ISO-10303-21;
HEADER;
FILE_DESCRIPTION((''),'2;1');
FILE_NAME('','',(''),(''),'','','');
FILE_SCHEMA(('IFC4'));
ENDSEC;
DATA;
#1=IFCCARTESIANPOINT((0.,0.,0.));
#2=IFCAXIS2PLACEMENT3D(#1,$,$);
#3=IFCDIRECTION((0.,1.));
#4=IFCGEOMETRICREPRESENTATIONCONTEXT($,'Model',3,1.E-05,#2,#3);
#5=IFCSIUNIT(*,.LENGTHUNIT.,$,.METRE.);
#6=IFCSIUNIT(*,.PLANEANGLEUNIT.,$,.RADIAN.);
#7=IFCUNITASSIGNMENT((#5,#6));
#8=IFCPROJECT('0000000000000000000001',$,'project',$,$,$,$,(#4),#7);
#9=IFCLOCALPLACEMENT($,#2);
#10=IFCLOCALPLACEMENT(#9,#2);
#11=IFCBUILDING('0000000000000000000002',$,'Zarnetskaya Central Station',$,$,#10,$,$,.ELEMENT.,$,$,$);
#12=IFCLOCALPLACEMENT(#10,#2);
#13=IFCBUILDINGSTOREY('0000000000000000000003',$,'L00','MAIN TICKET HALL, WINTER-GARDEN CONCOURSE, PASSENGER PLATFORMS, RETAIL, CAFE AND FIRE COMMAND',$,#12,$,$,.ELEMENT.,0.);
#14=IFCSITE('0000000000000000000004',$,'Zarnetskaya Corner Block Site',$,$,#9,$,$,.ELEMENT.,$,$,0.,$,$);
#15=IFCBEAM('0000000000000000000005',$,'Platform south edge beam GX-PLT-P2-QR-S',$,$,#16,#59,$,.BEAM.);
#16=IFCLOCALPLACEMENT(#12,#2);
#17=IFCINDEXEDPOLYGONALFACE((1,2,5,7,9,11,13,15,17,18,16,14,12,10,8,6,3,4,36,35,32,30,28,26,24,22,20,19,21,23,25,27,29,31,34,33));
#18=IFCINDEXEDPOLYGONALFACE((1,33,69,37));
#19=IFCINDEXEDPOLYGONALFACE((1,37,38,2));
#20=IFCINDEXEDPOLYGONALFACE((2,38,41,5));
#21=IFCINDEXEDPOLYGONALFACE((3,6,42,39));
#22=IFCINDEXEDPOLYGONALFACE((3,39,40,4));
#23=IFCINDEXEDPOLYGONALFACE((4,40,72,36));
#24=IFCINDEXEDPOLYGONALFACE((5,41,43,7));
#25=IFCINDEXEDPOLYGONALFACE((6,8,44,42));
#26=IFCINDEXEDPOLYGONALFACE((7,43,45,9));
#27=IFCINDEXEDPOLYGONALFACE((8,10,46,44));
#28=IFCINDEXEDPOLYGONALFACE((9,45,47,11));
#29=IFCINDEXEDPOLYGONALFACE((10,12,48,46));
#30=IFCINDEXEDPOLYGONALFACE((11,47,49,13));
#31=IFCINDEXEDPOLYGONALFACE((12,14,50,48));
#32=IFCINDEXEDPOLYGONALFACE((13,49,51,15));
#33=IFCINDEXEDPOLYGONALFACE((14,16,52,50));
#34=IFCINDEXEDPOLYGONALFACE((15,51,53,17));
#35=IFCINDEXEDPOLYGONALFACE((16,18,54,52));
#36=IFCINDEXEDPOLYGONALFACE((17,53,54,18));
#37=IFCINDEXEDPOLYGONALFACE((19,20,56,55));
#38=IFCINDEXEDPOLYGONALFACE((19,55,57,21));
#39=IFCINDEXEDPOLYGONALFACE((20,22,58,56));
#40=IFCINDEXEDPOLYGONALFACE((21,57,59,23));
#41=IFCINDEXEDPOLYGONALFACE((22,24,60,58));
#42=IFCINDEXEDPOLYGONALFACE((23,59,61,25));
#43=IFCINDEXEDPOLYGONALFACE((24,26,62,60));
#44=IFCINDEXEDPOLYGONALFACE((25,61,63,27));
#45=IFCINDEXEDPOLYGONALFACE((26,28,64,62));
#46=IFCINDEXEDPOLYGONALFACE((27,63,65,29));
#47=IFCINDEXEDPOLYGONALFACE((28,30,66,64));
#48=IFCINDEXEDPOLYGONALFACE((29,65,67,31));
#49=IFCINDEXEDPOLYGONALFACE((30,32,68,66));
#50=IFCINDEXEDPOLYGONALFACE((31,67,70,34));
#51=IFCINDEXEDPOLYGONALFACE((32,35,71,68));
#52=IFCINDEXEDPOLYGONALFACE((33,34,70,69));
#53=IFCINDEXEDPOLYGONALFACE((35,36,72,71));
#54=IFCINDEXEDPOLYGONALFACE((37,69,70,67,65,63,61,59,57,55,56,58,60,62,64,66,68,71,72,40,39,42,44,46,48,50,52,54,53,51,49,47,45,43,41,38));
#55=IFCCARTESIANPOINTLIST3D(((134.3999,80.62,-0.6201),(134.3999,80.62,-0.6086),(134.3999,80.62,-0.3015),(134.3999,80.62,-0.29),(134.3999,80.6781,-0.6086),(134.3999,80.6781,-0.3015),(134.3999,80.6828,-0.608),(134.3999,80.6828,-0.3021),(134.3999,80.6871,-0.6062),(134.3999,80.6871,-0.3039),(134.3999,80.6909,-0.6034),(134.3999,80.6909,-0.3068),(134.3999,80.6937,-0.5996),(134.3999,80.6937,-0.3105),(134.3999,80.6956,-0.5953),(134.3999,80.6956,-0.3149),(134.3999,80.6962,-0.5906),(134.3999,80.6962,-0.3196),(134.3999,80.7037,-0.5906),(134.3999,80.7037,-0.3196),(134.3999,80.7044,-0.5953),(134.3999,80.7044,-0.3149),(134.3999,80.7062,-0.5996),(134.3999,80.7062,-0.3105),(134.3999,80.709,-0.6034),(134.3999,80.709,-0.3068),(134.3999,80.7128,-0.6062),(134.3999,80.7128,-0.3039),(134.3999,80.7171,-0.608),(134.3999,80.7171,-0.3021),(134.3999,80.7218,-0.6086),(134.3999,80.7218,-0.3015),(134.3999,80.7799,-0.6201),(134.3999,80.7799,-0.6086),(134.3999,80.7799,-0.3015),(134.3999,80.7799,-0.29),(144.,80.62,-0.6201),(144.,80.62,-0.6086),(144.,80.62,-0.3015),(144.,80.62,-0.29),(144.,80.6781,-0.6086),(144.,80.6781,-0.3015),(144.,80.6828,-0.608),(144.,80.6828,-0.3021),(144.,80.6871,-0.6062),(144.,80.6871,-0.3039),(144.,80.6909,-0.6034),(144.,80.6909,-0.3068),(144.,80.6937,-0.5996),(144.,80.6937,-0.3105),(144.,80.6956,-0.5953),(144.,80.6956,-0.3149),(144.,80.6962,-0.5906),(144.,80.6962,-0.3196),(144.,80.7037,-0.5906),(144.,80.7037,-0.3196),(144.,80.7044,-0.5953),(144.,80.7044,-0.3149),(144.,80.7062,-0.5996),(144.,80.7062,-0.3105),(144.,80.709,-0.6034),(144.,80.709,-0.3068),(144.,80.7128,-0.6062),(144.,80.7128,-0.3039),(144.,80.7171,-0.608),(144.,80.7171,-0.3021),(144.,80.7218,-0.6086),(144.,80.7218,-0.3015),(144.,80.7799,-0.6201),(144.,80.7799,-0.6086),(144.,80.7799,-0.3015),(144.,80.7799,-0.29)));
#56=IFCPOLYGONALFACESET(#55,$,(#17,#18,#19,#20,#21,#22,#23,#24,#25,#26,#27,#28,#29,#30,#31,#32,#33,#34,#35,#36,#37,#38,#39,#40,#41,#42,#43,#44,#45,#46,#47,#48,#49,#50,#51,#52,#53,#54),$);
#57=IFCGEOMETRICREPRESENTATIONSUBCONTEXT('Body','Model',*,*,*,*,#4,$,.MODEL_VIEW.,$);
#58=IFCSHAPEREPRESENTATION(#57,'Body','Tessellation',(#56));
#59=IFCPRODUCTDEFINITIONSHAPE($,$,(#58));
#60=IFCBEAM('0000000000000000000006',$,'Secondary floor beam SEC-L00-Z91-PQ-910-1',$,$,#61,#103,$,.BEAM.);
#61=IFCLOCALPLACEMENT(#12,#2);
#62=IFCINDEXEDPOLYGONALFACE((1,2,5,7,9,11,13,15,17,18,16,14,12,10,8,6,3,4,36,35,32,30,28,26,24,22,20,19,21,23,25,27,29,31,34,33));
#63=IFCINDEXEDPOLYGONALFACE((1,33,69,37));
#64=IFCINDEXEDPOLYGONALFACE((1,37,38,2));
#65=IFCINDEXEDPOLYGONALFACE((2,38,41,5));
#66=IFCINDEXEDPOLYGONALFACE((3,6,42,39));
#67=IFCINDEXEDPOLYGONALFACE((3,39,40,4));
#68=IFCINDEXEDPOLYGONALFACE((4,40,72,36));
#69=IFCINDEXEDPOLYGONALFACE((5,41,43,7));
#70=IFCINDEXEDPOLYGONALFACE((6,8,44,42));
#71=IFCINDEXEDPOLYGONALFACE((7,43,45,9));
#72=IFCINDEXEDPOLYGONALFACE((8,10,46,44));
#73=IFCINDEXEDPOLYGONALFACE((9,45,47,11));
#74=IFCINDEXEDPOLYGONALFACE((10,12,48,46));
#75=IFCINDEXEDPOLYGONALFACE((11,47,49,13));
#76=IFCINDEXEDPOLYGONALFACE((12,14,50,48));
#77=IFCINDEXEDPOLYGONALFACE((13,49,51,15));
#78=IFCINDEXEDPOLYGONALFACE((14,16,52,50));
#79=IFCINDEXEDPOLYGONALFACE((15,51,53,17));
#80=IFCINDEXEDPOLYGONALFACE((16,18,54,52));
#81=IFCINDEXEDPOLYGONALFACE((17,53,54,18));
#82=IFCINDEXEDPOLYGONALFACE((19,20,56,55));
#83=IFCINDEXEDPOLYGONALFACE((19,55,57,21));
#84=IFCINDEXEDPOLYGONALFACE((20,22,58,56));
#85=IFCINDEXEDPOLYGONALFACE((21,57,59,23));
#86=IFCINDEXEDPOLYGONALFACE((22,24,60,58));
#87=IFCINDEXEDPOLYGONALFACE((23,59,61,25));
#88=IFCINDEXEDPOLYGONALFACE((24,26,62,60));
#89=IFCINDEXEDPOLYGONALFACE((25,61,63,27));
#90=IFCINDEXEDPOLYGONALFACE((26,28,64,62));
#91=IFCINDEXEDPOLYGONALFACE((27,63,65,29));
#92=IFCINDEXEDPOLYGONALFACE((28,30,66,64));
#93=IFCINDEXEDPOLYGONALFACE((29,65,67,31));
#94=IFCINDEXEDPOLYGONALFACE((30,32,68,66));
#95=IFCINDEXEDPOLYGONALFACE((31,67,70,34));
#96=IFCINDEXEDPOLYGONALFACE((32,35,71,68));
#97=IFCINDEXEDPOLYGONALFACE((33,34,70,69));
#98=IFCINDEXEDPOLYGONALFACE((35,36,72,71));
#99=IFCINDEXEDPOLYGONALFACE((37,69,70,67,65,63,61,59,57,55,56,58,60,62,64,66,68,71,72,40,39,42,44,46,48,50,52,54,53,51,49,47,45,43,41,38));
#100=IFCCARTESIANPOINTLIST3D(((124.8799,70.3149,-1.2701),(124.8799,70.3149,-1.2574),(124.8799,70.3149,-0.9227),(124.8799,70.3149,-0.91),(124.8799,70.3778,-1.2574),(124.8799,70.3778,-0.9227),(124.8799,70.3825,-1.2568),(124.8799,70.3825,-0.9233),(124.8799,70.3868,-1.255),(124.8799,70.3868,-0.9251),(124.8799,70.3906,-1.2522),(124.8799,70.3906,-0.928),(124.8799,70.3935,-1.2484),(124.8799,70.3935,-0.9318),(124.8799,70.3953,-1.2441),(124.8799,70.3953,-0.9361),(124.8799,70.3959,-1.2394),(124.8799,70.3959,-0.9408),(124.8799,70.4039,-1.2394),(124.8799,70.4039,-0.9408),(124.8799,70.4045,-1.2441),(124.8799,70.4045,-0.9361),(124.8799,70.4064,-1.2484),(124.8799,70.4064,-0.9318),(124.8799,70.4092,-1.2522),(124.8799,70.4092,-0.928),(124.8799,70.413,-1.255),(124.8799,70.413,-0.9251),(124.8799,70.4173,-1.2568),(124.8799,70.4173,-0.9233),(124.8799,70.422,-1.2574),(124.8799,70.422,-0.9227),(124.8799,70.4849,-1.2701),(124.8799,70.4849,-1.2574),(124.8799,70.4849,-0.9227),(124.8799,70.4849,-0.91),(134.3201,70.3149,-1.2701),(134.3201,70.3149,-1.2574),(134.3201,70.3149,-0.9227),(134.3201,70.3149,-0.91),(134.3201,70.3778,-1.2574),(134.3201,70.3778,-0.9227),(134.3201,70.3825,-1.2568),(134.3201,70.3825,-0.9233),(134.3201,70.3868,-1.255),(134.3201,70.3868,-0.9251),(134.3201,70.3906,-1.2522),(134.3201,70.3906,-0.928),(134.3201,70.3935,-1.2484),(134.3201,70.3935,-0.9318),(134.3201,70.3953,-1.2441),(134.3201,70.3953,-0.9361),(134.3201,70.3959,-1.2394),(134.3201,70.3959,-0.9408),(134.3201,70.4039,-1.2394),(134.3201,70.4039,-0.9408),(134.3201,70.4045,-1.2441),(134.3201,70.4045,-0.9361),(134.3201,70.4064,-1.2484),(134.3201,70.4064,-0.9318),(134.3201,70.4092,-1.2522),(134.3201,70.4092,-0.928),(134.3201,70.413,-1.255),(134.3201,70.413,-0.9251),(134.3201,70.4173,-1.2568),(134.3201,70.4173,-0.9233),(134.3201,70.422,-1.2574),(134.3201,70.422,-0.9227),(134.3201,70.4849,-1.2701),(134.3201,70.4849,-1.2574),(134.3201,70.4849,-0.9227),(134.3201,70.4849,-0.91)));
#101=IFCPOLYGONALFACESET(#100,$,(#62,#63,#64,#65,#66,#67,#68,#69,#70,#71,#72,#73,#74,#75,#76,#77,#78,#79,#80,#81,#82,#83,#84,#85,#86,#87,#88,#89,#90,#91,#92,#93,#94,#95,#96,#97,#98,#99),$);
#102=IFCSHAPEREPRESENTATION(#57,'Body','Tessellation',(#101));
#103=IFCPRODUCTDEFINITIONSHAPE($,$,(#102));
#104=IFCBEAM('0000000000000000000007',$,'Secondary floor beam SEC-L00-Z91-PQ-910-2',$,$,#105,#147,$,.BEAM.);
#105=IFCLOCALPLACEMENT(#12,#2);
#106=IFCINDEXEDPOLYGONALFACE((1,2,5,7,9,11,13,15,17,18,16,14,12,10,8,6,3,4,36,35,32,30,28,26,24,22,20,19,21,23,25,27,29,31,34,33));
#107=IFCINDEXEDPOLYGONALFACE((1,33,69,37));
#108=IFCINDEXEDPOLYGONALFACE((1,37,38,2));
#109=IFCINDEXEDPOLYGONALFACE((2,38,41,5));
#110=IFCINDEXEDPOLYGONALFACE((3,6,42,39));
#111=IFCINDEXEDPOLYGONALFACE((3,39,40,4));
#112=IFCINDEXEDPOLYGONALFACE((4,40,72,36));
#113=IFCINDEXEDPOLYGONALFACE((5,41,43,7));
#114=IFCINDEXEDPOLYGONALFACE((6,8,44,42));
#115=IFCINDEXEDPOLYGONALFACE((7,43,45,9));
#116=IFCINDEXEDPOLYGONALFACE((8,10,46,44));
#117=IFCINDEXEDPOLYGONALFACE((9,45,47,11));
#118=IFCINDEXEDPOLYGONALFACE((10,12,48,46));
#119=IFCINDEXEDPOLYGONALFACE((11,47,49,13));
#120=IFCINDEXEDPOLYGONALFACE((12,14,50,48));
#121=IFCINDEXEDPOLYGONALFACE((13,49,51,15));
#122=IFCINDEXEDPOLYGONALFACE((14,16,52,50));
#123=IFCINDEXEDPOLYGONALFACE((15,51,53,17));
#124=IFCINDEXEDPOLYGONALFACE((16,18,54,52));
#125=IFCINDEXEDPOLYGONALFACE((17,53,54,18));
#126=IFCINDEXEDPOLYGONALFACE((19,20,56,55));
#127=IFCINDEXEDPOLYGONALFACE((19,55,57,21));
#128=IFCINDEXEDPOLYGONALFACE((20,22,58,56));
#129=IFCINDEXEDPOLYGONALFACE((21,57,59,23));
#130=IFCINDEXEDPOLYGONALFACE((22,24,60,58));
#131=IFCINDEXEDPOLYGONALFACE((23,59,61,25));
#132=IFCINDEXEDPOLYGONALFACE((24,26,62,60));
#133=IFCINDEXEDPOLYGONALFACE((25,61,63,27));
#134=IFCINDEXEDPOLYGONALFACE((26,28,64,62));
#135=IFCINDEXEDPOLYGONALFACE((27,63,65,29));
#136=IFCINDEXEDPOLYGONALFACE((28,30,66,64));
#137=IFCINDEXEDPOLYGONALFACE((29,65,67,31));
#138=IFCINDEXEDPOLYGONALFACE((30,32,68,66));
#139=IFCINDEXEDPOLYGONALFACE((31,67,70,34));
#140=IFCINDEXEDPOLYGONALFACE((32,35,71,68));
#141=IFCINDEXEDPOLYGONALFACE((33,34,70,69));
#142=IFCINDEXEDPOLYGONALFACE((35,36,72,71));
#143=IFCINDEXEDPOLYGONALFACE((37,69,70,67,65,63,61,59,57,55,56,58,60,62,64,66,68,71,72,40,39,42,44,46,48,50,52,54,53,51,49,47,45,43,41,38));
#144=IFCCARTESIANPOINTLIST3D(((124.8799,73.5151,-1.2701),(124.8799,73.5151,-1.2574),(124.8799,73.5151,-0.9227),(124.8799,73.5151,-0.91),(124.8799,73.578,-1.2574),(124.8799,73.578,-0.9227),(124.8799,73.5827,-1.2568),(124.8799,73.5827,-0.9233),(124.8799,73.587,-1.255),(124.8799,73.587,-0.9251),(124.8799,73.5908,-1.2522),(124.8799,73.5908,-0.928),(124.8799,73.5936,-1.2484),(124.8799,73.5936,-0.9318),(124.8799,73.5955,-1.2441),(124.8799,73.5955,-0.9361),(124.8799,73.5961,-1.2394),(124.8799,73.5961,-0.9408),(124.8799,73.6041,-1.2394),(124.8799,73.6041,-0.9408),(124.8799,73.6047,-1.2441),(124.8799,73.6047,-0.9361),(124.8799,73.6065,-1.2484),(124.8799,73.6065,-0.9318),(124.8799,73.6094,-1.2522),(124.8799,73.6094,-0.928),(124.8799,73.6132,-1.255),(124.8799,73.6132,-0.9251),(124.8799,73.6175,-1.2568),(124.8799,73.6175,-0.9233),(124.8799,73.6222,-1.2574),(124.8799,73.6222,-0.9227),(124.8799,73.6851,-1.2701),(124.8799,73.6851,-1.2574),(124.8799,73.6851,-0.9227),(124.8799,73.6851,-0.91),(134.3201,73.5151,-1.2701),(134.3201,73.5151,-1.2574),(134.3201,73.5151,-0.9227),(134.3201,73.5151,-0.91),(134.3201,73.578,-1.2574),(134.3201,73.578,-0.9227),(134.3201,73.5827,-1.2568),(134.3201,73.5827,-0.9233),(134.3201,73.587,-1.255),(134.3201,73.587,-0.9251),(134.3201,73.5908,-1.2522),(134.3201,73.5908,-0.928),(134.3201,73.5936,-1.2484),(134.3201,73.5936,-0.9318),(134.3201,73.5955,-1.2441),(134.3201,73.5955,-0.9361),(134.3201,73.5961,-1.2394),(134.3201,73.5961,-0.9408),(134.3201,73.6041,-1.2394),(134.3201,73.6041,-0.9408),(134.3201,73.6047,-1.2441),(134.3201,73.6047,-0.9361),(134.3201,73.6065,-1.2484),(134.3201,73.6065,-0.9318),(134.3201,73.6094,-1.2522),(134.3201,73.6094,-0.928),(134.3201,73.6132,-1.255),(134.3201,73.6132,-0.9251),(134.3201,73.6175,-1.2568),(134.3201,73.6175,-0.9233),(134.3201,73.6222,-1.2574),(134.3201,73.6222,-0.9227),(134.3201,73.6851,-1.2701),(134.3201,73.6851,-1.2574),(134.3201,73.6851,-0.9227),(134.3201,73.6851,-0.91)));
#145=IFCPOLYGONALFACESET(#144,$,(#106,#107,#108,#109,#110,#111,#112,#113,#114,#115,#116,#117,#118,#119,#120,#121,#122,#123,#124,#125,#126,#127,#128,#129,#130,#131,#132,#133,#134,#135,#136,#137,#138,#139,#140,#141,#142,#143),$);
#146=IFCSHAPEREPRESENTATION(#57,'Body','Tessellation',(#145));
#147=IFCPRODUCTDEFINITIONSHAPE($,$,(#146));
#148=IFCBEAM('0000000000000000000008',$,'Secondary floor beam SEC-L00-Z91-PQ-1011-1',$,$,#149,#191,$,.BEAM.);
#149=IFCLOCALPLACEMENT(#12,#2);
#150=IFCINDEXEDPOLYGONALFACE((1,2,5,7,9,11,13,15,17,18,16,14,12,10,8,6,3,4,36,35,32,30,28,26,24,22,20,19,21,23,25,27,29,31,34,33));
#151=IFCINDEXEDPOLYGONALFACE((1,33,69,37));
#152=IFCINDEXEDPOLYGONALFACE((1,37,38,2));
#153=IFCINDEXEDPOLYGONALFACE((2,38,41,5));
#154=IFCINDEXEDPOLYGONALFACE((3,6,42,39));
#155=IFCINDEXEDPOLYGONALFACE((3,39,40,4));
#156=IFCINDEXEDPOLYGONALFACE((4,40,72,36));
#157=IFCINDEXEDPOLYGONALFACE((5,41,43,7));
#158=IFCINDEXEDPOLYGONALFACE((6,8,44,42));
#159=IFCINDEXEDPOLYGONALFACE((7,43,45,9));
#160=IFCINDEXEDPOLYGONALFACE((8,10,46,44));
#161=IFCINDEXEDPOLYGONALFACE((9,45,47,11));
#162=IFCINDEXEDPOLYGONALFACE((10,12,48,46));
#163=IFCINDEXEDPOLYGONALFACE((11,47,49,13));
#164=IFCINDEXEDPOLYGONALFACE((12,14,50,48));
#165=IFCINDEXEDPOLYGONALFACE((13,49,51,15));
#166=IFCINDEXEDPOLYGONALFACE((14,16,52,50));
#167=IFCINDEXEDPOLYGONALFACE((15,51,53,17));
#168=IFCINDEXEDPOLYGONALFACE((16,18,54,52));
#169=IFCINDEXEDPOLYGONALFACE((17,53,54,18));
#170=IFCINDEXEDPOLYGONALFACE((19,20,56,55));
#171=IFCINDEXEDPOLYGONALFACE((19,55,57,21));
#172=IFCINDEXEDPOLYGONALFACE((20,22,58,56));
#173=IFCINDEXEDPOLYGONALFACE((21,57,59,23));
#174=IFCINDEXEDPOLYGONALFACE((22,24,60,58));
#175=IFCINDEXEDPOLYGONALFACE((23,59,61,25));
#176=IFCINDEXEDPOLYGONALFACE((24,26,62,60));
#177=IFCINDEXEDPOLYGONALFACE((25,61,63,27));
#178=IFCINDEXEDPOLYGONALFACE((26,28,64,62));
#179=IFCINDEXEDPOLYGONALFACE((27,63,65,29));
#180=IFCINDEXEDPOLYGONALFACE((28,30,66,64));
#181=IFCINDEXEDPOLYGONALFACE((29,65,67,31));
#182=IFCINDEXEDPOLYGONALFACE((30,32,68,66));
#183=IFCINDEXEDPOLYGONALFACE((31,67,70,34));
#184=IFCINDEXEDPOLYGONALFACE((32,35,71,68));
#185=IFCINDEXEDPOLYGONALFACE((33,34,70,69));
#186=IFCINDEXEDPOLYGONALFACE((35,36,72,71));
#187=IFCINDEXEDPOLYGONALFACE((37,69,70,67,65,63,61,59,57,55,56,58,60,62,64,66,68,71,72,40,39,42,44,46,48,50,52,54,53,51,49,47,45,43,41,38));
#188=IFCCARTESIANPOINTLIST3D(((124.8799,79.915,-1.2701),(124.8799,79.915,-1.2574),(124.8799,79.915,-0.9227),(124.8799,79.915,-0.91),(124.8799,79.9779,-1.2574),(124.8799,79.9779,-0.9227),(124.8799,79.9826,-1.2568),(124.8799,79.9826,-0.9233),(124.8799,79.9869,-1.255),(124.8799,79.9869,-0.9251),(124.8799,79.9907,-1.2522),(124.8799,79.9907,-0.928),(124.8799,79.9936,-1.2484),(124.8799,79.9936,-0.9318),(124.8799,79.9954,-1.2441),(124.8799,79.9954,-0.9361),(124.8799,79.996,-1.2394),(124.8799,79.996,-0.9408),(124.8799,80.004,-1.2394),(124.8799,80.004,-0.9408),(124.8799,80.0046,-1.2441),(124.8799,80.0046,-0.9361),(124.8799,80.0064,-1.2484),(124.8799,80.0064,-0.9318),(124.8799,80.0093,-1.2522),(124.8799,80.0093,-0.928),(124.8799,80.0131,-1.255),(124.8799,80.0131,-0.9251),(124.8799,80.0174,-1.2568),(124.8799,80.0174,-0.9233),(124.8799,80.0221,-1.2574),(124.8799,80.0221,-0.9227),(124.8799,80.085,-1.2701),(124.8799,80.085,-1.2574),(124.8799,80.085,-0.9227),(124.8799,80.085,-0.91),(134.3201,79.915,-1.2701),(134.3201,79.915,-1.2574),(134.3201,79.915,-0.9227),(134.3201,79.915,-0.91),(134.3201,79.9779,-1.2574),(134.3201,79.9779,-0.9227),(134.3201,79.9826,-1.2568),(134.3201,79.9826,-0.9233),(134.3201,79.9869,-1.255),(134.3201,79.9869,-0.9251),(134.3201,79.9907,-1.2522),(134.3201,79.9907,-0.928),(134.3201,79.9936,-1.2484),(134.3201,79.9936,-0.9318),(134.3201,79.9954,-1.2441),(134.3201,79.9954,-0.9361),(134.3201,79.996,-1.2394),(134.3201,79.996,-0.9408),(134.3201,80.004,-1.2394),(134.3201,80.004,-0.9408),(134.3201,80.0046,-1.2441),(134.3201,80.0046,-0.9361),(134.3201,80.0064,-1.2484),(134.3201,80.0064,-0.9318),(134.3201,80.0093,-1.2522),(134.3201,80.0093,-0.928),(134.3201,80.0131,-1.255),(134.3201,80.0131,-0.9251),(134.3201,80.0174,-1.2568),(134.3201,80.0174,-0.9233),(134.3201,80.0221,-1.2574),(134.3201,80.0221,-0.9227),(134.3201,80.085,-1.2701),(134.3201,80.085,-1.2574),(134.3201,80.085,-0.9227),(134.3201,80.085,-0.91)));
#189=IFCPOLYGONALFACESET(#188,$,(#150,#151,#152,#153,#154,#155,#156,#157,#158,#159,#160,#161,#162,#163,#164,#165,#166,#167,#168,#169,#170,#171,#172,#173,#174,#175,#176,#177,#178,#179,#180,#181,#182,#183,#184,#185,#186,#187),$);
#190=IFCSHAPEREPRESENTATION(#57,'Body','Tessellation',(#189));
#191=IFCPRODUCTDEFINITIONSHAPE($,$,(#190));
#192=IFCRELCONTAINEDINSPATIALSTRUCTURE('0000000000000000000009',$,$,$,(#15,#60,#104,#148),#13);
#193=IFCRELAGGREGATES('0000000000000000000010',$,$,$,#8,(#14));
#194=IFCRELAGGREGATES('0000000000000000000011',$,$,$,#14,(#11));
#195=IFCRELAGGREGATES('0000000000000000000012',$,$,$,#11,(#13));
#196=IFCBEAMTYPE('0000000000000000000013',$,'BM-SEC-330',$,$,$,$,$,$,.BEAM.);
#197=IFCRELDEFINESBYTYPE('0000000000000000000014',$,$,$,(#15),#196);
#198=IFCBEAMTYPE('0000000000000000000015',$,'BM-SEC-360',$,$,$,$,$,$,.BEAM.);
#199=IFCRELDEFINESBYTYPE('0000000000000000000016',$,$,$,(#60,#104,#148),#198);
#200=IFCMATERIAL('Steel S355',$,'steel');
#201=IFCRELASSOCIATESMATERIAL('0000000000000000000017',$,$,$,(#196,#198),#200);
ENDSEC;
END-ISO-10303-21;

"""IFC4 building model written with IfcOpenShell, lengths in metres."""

from ifc_helpers import new_model, si_unit, direction, frame, origin, origin_2d, place, context, subcontext, project, spatial, i_section, extrude, material, material_profile, profile_set, type_object, element, save


model = new_model("IFC4")

# Units and contexts
model_context = context("Model", 3, precision=1e-05, world=origin(), true_north=direction((0.0, 1.0)))
body_context = subcontext(model_context, "Body", "Model", "MODEL_VIEW")
ifc_project = project(units=[si_unit("LENGTHUNIT", "METRE"), si_unit("PLANEANGLEUNIT", "RADIAN")], contexts=[model_context])

# Site, building, storey
site_placement = place(None, origin())
site = spatial("IfcSite", under=ifc_project, at=site_placement, Name="Zarnetskaya Corner Block Site", CompositionType="ELEMENT", RefElevation=0.0)
building_placement = place(site_placement, origin())
building = spatial("IfcBuilding", under=site, at=building_placement, Name="Zarnetskaya Central Station", CompositionType="ELEMENT")
storey_placement = place(building_placement, origin())
storey = spatial("IfcBuildingStorey", under=building, at=storey_placement, Name="L00", Description="MAIN TICKET HALL, WINTER-GARDEN CONCOURSE, PASSENGER PLATFORMS, RETAIL, CAFE AND FIRE COMMAND", CompositionType="ELEMENT", Elevation=0.0)

# Shared definitions
ifc_material = material(Name="Steel S355", Category="steel")

# Beams
ifc_material_profile_1 = material_profile(ifc_material, i_section(OverallWidth=0.1599, OverallDepth=0.3301, WebThickness=0.0076, FlangeThickness=0.0115, FilletRadius=0.0181, at=origin_2d()), Name="IPE 330")
ifc_profile_set_1 = profile_set([ifc_material_profile_1], Name="Steel S355")
beam_type_1 = type_object("IfcBeamType", Name="BM-SEC-330", PredefinedType="BEAM", material=ifc_profile_set_1)
beam_1_placement = place(storey_placement, frame((134.3999, 80.7, -0.4551), z_axis=(1.0, 0.0, 0.0), x_axis=(0.0, 1.0, 0.0)))
element("IfcBeam", 1, at=beam_1_placement, inside=storey, type_object=beam_type_1, Name="Platform south edge beam GX-PLT-P2-QR-S", PredefinedType="BEAM", context=body_context, shape_type="SweptSolid", body=[
    extrude(i_section(OverallWidth=0.1599, OverallDepth=0.3301, WebThickness=0.0076, FlangeThickness=0.0115, FilletRadius=0.0181, at=origin_2d()), origin(), (0.0, 0.0, 1.0), 9.6001),
])
ifc_material_profile_2 = material_profile(ifc_material, i_section(OverallWidth=0.1699, OverallDepth=0.3601, WebThickness=0.0081, FlangeThickness=0.0127, FilletRadius=0.0181, at=origin_2d()), Name="IPE 360")
ifc_profile_set_2 = profile_set([ifc_material_profile_2], Name="Steel S355")
beam_type_2 = type_object("IfcBeamType", Name="BM-SEC-360", PredefinedType="BEAM", material=ifc_profile_set_2)
for number, where, z_axis, x_axis, name in (
    (2, (124.8799, 70.3999, -1.0901), (1.0, 0.0, 0.0), (0.0, 1.0, 0.0), "Secondary floor beam SEC-L00-Z91-PQ-910-1"),
    (3, (124.8799, 73.6001, -1.0901), (1.0, 0.0, 0.0), (0.0, 1.0, 0.0), "Secondary floor beam SEC-L00-Z91-PQ-910-2"),
    (4, (124.8799, 80.0, -1.0901), (1.0, 0.0, 0.0), (0.0, 1.0, 0.0), "Secondary floor beam SEC-L00-Z91-PQ-1011-1"),
):
    element("IfcBeam", number, at=place(storey_placement, frame(where, z_axis=z_axis, x_axis=x_axis)), inside=storey, type_object=beam_type_2, Name=name, PredefinedType="BEAM", context=body_context, shape_type="SweptSolid", body=[
        extrude(i_section(OverallWidth=0.1699, OverallDepth=0.3601, WebThickness=0.0081, FlangeThickness=0.0127, FilletRadius=0.0181, at=origin_2d()), origin(), (0.0, 0.0, 1.0), 9.4402),
    ])

save(model, "model.ifc")
